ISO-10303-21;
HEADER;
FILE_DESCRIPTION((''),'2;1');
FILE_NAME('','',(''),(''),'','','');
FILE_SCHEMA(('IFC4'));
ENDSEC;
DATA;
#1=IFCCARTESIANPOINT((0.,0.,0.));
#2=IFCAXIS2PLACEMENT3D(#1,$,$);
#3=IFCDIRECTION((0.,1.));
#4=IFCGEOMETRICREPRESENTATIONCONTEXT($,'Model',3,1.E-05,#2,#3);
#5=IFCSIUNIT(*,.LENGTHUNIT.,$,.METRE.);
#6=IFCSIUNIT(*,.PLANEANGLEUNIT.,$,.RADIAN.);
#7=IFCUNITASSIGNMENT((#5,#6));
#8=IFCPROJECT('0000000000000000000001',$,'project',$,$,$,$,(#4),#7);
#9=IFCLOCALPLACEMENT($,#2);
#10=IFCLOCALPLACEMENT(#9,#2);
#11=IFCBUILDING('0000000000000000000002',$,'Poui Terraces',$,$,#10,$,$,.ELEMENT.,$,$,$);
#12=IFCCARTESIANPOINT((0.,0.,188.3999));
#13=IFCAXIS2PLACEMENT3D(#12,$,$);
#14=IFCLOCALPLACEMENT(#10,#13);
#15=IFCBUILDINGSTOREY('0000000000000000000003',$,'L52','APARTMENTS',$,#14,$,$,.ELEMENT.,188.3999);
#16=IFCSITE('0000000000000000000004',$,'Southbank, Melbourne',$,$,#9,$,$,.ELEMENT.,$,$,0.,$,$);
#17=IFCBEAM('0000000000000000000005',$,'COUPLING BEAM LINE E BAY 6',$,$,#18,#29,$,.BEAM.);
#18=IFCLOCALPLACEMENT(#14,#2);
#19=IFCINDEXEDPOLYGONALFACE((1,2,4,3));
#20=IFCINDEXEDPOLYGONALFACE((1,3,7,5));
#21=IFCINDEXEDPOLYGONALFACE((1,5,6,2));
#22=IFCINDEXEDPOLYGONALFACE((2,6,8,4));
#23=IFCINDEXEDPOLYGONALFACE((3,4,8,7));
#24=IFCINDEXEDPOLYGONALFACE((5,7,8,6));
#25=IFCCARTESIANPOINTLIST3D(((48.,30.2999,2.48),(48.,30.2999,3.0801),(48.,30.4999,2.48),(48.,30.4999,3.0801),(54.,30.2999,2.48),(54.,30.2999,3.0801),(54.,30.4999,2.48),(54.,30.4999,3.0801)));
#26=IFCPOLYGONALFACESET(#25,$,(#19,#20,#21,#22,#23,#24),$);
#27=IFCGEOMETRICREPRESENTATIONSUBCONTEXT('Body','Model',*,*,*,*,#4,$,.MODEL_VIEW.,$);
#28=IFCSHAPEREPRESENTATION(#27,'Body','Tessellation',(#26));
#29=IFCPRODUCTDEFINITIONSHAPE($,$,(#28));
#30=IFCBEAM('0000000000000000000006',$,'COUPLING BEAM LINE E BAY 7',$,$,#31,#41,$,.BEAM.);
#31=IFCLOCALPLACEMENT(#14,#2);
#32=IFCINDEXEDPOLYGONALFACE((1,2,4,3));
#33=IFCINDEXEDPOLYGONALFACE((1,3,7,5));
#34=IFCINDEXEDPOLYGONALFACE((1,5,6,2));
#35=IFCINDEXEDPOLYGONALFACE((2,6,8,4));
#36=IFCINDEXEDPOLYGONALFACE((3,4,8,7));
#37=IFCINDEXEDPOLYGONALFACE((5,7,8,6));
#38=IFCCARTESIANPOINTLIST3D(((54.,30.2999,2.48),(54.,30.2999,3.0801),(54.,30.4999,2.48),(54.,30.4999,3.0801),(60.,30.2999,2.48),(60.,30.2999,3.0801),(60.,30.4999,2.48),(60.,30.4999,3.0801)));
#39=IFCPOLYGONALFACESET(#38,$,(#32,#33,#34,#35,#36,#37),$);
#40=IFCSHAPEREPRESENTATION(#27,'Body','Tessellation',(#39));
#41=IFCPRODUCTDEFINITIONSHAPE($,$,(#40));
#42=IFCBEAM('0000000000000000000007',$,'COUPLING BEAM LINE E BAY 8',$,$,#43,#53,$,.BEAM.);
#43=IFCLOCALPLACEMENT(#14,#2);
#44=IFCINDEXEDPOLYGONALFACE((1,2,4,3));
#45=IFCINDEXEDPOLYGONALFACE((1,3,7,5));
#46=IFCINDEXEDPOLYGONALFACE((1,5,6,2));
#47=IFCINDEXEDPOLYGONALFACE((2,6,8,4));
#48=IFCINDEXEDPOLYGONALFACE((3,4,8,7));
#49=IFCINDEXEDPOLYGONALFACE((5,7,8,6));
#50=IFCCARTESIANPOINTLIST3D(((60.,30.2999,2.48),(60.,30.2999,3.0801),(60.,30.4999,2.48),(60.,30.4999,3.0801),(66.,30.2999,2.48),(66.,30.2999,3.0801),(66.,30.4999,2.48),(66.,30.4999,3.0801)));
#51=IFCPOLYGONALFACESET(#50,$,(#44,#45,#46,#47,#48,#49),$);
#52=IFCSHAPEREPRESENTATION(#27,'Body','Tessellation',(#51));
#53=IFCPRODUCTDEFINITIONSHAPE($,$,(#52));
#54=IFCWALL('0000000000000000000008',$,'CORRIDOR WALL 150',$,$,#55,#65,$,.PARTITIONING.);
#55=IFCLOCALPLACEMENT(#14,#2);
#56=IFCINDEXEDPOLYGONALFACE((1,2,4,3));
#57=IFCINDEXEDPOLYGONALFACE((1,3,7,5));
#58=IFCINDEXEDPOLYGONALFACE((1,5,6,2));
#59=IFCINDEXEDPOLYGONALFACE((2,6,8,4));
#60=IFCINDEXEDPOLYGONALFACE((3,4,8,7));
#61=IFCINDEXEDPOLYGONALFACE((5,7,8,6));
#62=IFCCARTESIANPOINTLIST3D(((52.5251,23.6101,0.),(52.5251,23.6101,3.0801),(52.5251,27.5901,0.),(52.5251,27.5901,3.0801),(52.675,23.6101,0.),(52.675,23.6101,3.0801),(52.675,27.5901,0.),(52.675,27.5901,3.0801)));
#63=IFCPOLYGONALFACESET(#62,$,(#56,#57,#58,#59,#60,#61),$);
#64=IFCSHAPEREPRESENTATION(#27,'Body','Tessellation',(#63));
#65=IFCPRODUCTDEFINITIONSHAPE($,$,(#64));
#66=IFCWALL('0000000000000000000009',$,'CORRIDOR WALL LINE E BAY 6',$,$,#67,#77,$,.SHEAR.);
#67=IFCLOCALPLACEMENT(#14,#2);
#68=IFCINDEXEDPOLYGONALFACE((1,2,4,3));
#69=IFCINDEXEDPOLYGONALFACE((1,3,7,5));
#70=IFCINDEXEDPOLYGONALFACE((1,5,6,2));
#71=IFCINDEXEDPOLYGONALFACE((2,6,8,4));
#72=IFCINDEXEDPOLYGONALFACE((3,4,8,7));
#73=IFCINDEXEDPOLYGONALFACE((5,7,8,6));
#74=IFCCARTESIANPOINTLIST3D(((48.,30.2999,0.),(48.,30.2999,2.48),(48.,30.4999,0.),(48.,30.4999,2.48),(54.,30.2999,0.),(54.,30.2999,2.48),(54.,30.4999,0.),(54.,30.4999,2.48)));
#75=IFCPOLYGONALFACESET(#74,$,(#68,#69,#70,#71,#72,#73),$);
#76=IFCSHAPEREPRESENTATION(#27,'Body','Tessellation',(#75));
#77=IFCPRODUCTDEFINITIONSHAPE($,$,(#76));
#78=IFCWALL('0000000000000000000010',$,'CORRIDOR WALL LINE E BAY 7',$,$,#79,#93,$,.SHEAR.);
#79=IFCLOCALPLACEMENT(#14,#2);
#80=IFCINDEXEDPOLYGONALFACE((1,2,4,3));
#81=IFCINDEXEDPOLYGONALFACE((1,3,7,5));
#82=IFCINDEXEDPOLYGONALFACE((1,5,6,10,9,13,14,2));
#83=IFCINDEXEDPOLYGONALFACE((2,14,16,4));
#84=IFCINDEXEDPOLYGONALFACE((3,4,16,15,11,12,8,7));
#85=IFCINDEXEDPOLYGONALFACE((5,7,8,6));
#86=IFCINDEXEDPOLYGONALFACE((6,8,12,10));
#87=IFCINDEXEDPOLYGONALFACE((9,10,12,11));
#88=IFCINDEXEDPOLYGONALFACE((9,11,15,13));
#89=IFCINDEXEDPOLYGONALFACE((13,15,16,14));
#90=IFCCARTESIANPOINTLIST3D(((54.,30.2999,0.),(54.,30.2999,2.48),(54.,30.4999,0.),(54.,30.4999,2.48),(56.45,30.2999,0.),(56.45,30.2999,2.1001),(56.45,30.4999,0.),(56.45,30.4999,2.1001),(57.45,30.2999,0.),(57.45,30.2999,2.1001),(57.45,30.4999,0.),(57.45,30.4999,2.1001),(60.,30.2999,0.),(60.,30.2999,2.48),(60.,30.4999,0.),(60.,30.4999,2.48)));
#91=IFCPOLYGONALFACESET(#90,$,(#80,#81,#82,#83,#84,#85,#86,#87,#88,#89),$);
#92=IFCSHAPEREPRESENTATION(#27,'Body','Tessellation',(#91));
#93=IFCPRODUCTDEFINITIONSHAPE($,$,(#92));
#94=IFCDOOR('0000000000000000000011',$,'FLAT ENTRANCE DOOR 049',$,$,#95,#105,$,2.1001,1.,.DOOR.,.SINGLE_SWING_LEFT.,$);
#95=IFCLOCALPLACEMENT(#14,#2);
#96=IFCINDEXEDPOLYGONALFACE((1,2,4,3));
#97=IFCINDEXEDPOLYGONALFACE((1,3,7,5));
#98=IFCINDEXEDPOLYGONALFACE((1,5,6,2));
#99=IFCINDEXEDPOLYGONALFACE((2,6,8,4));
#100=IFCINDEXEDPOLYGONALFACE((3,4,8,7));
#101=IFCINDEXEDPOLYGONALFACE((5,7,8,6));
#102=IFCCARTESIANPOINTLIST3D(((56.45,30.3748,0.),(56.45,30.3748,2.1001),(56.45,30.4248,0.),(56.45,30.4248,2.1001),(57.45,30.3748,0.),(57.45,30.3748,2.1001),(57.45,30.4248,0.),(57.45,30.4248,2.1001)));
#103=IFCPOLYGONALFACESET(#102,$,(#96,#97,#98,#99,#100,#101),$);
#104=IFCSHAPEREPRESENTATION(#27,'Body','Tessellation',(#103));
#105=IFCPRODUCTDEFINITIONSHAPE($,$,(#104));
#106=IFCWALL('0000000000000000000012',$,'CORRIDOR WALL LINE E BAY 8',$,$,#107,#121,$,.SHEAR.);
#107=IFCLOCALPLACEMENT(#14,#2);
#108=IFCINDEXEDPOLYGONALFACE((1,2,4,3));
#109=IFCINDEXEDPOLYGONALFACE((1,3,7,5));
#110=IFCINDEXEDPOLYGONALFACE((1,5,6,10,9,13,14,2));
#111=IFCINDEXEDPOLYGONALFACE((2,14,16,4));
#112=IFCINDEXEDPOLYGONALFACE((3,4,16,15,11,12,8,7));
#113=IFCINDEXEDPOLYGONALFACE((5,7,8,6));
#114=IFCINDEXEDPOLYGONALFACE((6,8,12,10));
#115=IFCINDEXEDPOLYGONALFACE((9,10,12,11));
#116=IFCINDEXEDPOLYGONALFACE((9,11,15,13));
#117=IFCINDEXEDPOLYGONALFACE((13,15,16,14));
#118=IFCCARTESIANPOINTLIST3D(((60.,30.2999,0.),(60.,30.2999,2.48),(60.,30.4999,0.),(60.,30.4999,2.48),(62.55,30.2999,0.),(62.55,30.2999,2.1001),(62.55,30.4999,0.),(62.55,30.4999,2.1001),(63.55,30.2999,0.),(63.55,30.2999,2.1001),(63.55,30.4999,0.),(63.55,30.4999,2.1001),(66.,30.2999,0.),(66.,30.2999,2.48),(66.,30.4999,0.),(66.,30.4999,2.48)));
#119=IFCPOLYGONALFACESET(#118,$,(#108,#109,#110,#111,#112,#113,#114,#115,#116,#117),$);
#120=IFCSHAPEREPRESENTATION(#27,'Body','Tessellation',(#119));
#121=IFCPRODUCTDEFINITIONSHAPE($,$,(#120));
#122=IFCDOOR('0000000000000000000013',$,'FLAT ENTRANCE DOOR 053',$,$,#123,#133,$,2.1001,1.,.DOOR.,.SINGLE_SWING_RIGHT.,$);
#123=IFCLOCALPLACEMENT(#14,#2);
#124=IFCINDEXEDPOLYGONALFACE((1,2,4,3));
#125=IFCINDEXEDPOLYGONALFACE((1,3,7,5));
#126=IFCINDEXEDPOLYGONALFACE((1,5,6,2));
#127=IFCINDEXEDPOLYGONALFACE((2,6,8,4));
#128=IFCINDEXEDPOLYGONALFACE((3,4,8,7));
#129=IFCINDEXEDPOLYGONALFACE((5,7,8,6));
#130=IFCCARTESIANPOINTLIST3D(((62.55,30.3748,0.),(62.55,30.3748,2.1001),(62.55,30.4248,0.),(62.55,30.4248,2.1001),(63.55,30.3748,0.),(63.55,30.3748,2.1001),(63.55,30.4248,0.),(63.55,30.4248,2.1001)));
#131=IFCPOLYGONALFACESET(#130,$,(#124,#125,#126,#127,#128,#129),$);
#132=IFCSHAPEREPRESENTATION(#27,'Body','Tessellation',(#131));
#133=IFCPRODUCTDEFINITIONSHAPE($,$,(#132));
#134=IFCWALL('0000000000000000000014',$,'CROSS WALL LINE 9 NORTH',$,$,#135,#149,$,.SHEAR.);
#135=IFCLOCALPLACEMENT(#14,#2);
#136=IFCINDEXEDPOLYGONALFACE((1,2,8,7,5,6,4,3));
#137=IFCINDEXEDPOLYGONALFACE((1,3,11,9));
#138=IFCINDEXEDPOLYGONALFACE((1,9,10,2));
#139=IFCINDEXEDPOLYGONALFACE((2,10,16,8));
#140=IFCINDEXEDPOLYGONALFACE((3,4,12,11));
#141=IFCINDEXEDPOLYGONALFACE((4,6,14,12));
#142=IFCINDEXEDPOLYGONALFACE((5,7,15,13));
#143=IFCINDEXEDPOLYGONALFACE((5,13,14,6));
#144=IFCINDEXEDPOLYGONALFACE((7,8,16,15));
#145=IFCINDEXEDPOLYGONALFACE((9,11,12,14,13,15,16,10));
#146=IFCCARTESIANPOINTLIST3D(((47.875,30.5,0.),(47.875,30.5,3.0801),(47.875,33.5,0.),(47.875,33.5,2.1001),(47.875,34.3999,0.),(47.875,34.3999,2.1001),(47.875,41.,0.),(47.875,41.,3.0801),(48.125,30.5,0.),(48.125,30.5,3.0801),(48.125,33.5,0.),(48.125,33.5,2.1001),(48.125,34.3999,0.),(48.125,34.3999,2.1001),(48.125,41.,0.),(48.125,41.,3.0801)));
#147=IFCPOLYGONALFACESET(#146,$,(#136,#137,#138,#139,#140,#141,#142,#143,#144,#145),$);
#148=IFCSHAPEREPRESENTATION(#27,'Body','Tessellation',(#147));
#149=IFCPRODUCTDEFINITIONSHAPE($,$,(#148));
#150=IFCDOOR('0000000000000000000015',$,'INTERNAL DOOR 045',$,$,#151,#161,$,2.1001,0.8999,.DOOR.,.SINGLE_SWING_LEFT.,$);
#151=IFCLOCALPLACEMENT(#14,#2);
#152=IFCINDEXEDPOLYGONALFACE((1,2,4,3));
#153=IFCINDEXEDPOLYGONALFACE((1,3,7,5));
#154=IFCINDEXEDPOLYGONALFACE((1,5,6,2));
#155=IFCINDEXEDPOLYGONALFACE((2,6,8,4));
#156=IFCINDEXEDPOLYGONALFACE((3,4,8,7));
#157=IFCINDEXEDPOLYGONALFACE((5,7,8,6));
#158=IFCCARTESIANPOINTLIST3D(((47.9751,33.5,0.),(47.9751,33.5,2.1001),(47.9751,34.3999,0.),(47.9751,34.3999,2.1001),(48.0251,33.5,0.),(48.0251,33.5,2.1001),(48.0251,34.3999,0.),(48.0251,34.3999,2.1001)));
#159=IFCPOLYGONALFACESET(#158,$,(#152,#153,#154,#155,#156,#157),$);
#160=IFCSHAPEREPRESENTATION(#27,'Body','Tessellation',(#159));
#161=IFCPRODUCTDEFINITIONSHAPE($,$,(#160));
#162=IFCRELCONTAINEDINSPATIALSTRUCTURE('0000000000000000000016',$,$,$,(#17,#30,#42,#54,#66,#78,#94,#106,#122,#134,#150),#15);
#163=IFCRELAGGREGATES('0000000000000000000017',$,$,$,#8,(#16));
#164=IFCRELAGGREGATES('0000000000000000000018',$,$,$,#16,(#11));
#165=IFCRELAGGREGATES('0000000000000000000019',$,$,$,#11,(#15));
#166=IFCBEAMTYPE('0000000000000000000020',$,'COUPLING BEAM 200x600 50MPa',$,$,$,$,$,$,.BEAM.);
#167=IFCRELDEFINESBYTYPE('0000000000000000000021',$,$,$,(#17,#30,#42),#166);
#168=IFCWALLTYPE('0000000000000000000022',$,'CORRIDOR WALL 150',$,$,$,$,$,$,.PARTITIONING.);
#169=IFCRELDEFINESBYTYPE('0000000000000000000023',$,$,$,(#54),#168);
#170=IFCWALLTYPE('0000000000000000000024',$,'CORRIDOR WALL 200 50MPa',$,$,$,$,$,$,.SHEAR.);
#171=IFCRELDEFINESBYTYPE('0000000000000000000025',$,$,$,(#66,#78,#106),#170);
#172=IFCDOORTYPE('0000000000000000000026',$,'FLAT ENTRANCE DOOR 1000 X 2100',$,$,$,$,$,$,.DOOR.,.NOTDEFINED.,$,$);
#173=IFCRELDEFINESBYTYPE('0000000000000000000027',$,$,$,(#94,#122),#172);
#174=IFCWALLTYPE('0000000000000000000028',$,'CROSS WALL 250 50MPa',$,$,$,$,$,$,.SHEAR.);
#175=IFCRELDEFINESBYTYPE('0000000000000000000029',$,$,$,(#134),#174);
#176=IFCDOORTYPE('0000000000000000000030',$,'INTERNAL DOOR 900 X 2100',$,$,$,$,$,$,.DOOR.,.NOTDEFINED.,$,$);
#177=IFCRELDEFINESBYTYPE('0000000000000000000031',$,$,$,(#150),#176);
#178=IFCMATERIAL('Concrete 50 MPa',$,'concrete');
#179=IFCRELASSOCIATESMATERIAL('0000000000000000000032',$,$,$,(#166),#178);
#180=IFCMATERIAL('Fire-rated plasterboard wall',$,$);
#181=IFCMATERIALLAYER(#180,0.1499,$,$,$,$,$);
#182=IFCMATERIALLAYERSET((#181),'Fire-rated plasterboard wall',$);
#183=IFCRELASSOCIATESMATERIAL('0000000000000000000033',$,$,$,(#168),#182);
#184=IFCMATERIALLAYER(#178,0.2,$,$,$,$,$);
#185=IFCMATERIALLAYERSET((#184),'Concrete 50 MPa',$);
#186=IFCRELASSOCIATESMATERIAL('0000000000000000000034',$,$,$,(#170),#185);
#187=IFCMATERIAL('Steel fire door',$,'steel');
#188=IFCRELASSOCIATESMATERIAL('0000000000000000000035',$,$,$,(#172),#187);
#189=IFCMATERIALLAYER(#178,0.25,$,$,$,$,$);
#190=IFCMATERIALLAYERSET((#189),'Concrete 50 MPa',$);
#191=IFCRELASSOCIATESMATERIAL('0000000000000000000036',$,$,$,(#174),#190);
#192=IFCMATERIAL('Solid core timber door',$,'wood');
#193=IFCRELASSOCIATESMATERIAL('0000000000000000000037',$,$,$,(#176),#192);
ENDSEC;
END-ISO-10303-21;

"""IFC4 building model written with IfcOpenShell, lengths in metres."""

from ifc_helpers import new_model, si_unit, direction, frame, frame_2d, origin, origin_2d, place, context, subcontext, project, spatial, rectangle, extrude, source, transform, mapped, material, layer, layer_set, material_profile, profile_set, type_object, element, fill, save


model = new_model("IFC4")

# Units and contexts
model_context = context("Model", 3, precision=1e-05, world=origin(), true_north=direction((0.0, 1.0)))
body_context = subcontext(model_context, "Body", "Model", "MODEL_VIEW")
ifc_project = project(units=[si_unit("LENGTHUNIT", "METRE"), si_unit("PLANEANGLEUNIT", "RADIAN")], contexts=[model_context])

# Site, building, storey
site_placement = place(None, origin())
site = spatial("IfcSite", under=ifc_project, at=site_placement, Name="Southbank, Melbourne", CompositionType="ELEMENT", RefElevation=0.0)
building_placement = place(site_placement, origin())
building = spatial("IfcBuilding", under=site, at=building_placement, Name="Poui Terraces", CompositionType="ELEMENT")
storey_placement = place(building_placement, frame((0.0, 0.0, 188.3999)))
storey = spatial("IfcBuildingStorey", under=building, at=storey_placement, Name="L52", Description="APARTMENTS", CompositionType="ELEMENT", Elevation=188.3999)

# Beams
ifc_material_1 = material(Name="Concrete 50 MPa", Category="concrete")
ifc_material_profile = material_profile(ifc_material_1, rectangle(XDim=0.2, YDim=0.6001, at=origin_2d()), Name="RC 200x600")
ifc_profile_set = profile_set([ifc_material_profile], Name="Concrete 50 MPa")
beam_type = type_object("IfcBeamType", Name="COUPLING BEAM 200x600 50MPa", PredefinedType="BEAM", material=ifc_profile_set)
shared_shape = source(origin(), body_context, "Body", "SweptSolid", [
    extrude(rectangle(XDim=0.2, YDim=0.6001, at=origin_2d()), origin(), (0.0, 0.0, 1.0), 6.0),
])
for number, where, z_axis, x_axis, name in (
    (1, (48.0, 30.3999, 2.78), (1.0, 0.0, 0.0), (0.0, 1.0, 0.0), "COUPLING BEAM LINE E BAY 6"),
    (2, (54.0, 30.3999, 2.78), (1.0, 0.0, 0.0), (0.0, 1.0, 0.0), "COUPLING BEAM LINE E BAY 7"),
    (3, (60.0, 30.3999, 2.78), (1.0, 0.0, 0.0), (0.0, 1.0, 0.0), "COUPLING BEAM LINE E BAY 8"),
):
    element("IfcBeam", number, at=place(storey_placement, frame(where, z_axis=z_axis, x_axis=x_axis)), inside=storey, type_object=beam_type, Name=name, PredefinedType="BEAM", context=body_context, shape_type="MappedRepresentation", body=[
        mapped(shared_shape, transform((0.0, 0.0, 0.0))),
    ])

# Walls
ifc_material_2 = material(Name="Fire-rated plasterboard wall")
ifc_layer_1 = layer(ifc_material_2, 0.1499)
ifc_layer_set_1 = layer_set([ifc_layer_1], Name="Fire-rated plasterboard wall")
wall_type_1 = type_object("IfcWallType", Name="CORRIDOR WALL 150", PredefinedType="PARTITIONING", material=ifc_layer_set_1)
wall_1_placement = place(storey_placement, frame((52.6001, 23.6101, 0.0), z_axis=(0.0, 0.0, 1.0), x_axis=(0.0, 1.0, 0.0)))
element("IfcWall", 4, at=wall_1_placement, inside=storey, type_object=wall_type_1, Name="CORRIDOR WALL 150", PredefinedType="PARTITIONING", context=body_context, shape_type="SweptSolid", body=[
    extrude(rectangle(XDim=3.98, YDim=0.1499, at=frame_2d((1.99, 0.0))), origin(), (0.0, 0.0, 1.0), 3.0801),
])
ifc_layer_2 = layer(ifc_material_1, 0.2)
ifc_layer_set_2 = layer_set([ifc_layer_2], Name="Concrete 50 MPa")
wall_type_2 = type_object("IfcWallType", Name="CORRIDOR WALL 200 50MPa", PredefinedType="SHEAR", material=ifc_layer_set_2)
wall_2_placement = place(storey_placement, frame((48.0, 30.3999, 0.0), z_axis=(0.0, 0.0, 1.0), x_axis=(1.0, 0.0, 0.0)))
element("IfcWall", 5, at=wall_2_placement, inside=storey, type_object=wall_type_2, Name="CORRIDOR WALL LINE E BAY 6", PredefinedType="SHEAR", context=body_context, shape_type="SweptSolid", body=[
    extrude(rectangle(XDim=6.0, YDim=0.2, at=frame_2d((3.0, 0.0))), origin(), (0.0, 0.0, 1.0), 2.48),
])

# Walls, openings, doors
wall_3_placement = place(storey_placement, frame((54.0, 30.3999, 0.0), z_axis=(0.0, 0.0, 1.0), x_axis=(1.0, 0.0, 0.0)))
wall_3 = element("IfcWall", 6, at=wall_3_placement, inside=storey, type_object=wall_type_2, Name="CORRIDOR WALL LINE E BAY 7", PredefinedType="SHEAR", context=body_context, shape_type="SweptSolid", body=[
    extrude(rectangle(XDim=6.0, YDim=0.2, at=frame_2d((3.0, 0.0))), origin(), (0.0, 0.0, 1.0), 2.48),
])
opening_1_placement = place(wall_3_placement, frame((2.45, 0.0, 0.0)))
opening_1 = element("IfcOpeningElement", 7, at=opening_1_placement, cuts=wall_3, PredefinedType="OPENING", context=body_context, shape_type="SweptSolid", body=[
    extrude(rectangle(XDim=1.0, YDim=2.1001, at=frame_2d((0.5, 1.05))), frame((0.0, 0.1099, 0.0), z_axis=(0.0, -1.0, 0.0), x_axis=(1.0, 0.0, 0.0)), (0.0, 0.0, 1.0), 0.22),
])
ifc_material_3 = material(Name="Steel fire door", Category="steel")
door_type_1 = type_object("IfcDoorType", Name="FLAT ENTRANCE DOOR 1000 X 2100", OperationType="NOTDEFINED", PredefinedType="DOOR", material=ifc_material_3)
door_1_placement = place(opening_1_placement, origin())
door_1 = element("IfcDoor", 8, at=door_1_placement, inside=storey, type_object=door_type_1, Name="FLAT ENTRANCE DOOR 049", OperationType="SINGLE_SWING_LEFT", OverallHeight=2.1001, OverallWidth=1.0, PredefinedType="DOOR", context=body_context, shape_type="SweptSolid", body=[
    extrude(rectangle(XDim=1.0, YDim=2.1001, at=frame_2d((0.5, 1.05))), frame((0.0, 0.0249, 0.0), z_axis=(0.0, -1.0, 0.0), x_axis=(1.0, 0.0, 0.0)), (0.0, 0.0, 1.0), 0.05),
])
fill(opening_1, door_1)
wall_4_placement = place(storey_placement, frame((60.0, 30.3999, 0.0), z_axis=(0.0, 0.0, 1.0), x_axis=(1.0, 0.0, 0.0)))
wall_4 = element("IfcWall", 9, at=wall_4_placement, inside=storey, type_object=wall_type_2, Name="CORRIDOR WALL LINE E BAY 8", PredefinedType="SHEAR", context=body_context, shape_type="SweptSolid", body=[
    extrude(rectangle(XDim=6.0, YDim=0.2, at=frame_2d((3.0, 0.0))), origin(), (0.0, 0.0, 1.0), 2.48),
])
opening_2_placement = place(wall_4_placement, frame((2.55, 0.0, 0.0)))
opening_2 = element("IfcOpeningElement", 10, at=opening_2_placement, cuts=wall_4, PredefinedType="OPENING", context=body_context, shape_type="SweptSolid", body=[
    extrude(rectangle(XDim=1.0, YDim=2.1001, at=frame_2d((0.5, 1.05))), frame((0.0, 0.1099, 0.0), z_axis=(0.0, -1.0, 0.0), x_axis=(1.0, 0.0, 0.0)), (0.0, 0.0, 1.0), 0.22),
])
door_2_placement = place(opening_2_placement, origin())
door_2 = element("IfcDoor", 11, at=door_2_placement, inside=storey, type_object=door_type_1, Name="FLAT ENTRANCE DOOR 053", OperationType="SINGLE_SWING_RIGHT", OverallHeight=2.1001, OverallWidth=1.0, PredefinedType="DOOR", context=body_context, shape_type="SweptSolid", body=[
    extrude(rectangle(XDim=1.0, YDim=2.1001, at=frame_2d((0.5, 1.05))), frame((0.0, 0.0249, 0.0), z_axis=(0.0, -1.0, 0.0), x_axis=(1.0, 0.0, 0.0)), (0.0, 0.0, 1.0), 0.05),
])
fill(opening_2, door_2)
ifc_layer_3 = layer(ifc_material_1, 0.25)
ifc_layer_set_3 = layer_set([ifc_layer_3], Name="Concrete 50 MPa")
wall_type_3 = type_object("IfcWallType", Name="CROSS WALL 250 50MPa", PredefinedType="SHEAR", material=ifc_layer_set_3)
wall_5_placement = place(storey_placement, frame((48.0, 30.5, 0.0), z_axis=(0.0, 0.0, 1.0), x_axis=(0.0, 1.0, 0.0)))
wall_5 = element("IfcWall", 12, at=wall_5_placement, inside=storey, type_object=wall_type_3, Name="CROSS WALL LINE 9 NORTH", PredefinedType="SHEAR", context=body_context, shape_type="SweptSolid", body=[
    extrude(rectangle(XDim=10.5, YDim=0.25, at=frame_2d((5.25, 0.0))), origin(), (0.0, 0.0, 1.0), 3.0801),
])
opening_3_placement = place(wall_5_placement, frame((3.0, 0.0, 0.0)))
opening_3 = element("IfcOpeningElement", 13, at=opening_3_placement, cuts=wall_5, PredefinedType="OPENING", context=body_context, shape_type="SweptSolid", body=[
    extrude(rectangle(XDim=0.8999, YDim=2.1001, at=frame_2d((0.45, 1.05))), frame((0.0, 0.135, 0.0), z_axis=(0.0, -1.0, 0.0), x_axis=(1.0, 0.0, 0.0)), (0.0, 0.0, 1.0), 0.27),
])
ifc_material_4 = material(Name="Solid core timber door", Category="wood")
door_type_2 = type_object("IfcDoorType", Name="INTERNAL DOOR 900 X 2100", OperationType="NOTDEFINED", PredefinedType="DOOR", material=ifc_material_4)
door_3_placement = place(opening_3_placement, origin())
door_3 = element("IfcDoor", 14, at=door_3_placement, inside=storey, type_object=door_type_2, Name="INTERNAL DOOR 045", OperationType="SINGLE_SWING_LEFT", OverallHeight=2.1001, OverallWidth=0.8999, PredefinedType="DOOR", context=body_context, shape_type="SweptSolid", body=[
    extrude(rectangle(XDim=0.8999, YDim=2.1001, at=frame_2d((0.45, 1.05))), frame((0.0, 0.0249, 0.0), z_axis=(0.0, -1.0, 0.0), x_axis=(1.0, 0.0, 0.0)), (0.0, 0.0, 1.0), 0.05),
])
fill(opening_3, door_3)

save(model, "model.ifc")
